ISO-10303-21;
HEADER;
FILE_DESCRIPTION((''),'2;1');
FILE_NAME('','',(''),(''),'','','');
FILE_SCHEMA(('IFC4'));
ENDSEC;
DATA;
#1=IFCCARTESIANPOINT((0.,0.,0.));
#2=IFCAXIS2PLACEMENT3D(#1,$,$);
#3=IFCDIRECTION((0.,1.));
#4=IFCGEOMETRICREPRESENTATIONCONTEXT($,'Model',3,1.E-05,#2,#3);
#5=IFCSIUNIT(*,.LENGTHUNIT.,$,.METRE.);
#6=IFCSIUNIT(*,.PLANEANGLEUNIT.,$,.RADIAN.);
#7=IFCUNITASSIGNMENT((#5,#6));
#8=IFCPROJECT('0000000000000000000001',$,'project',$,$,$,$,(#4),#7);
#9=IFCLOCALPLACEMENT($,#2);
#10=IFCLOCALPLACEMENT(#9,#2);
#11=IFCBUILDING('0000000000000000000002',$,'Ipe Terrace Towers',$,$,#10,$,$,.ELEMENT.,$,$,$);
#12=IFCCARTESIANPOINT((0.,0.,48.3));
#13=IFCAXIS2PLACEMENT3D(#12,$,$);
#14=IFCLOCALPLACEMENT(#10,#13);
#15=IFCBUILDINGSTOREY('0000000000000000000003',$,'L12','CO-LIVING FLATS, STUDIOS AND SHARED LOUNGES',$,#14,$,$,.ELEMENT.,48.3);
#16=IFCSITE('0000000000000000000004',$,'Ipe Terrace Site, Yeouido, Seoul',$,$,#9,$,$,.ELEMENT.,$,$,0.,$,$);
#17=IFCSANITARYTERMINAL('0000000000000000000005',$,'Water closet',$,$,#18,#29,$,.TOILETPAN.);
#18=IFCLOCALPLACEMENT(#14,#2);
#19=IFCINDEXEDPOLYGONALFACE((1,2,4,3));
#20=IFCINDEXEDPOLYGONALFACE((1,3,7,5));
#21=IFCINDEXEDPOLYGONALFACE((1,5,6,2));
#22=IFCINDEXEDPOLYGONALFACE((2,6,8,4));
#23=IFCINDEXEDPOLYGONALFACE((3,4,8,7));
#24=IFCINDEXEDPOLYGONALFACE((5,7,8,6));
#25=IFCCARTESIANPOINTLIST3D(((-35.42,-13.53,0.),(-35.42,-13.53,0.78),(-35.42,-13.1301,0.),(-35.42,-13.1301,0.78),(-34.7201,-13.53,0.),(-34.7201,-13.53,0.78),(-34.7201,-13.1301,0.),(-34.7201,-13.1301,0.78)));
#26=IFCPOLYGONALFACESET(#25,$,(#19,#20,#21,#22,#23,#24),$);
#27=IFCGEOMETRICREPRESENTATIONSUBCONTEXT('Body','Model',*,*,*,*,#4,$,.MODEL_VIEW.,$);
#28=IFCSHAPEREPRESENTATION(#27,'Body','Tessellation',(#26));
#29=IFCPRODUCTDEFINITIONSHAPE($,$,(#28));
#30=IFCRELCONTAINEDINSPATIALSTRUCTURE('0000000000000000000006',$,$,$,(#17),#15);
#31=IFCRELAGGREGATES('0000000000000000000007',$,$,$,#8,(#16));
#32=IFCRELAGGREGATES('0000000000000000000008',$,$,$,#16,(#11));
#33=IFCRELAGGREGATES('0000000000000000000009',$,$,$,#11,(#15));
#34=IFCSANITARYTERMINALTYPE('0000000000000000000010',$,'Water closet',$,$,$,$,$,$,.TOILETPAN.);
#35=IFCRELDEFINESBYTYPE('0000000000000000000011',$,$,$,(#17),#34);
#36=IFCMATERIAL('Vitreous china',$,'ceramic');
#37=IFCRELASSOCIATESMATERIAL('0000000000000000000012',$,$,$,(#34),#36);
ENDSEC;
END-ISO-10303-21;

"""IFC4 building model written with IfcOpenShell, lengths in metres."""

from ifc_helpers import new_model, si_unit, direction, frame, origin, origin_2d, place, context, subcontext, project, spatial, rectangle, extrude, material, type_object, element, save


model = new_model("IFC4")

# Units and contexts
model_context = context("Model", 3, precision=1e-05, world=origin(), true_north=direction((0.0, 1.0)))
body_context = subcontext(model_context, "Body", "Model", "MODEL_VIEW")
ifc_project = project(units=[si_unit("LENGTHUNIT", "METRE"), si_unit("PLANEANGLEUNIT", "RADIAN")], contexts=[model_context])

# Site, building, storey
site_placement = place(None, origin())
site = spatial("IfcSite", under=ifc_project, at=site_placement, Name="Ipe Terrace Site, Yeouido, Seoul", CompositionType="ELEMENT", RefElevation=0.0)
building_placement = place(site_placement, origin())
building = spatial("IfcBuilding", under=site, at=building_placement, Name="Ipe Terrace Towers", CompositionType="ELEMENT")
storey_placement = place(building_placement, frame((0.0, 0.0, 48.3)))
storey = spatial("IfcBuildingStorey", under=building, at=storey_placement, Name="L12", Description="CO-LIVING FLATS, STUDIOS AND SHARED LOUNGES", CompositionType="ELEMENT", Elevation=48.3)

# Sanitary terminal
ifc_material_1 = material(Name="Vitreous china", Category="ceramic")
sanitary_terminal_type_1 = type_object("IfcSanitaryTerminalType", Name="Water closet", PredefinedType="TOILETPAN", material=ifc_material_1)
sanitary_terminal_1_placement = place(storey_placement, frame((-35.0701, -13.3301, 0.0), z_axis=(0.0, 0.0, 1.0), x_axis=(-1.0, 0.0, 0.0)))
element("IfcSanitaryTerminal", 1, at=sanitary_terminal_1_placement, inside=storey, type_object=sanitary_terminal_type_1, Name="Water closet", PredefinedType="TOILETPAN", context=body_context, shape_type="SweptSolid", body=[
    extrude(rectangle(XDim=0.7, YDim=0.3999, at=origin_2d()), origin(), (0.0, 0.0, 1.0), 0.78),
])

save(model, "model.ifc")
